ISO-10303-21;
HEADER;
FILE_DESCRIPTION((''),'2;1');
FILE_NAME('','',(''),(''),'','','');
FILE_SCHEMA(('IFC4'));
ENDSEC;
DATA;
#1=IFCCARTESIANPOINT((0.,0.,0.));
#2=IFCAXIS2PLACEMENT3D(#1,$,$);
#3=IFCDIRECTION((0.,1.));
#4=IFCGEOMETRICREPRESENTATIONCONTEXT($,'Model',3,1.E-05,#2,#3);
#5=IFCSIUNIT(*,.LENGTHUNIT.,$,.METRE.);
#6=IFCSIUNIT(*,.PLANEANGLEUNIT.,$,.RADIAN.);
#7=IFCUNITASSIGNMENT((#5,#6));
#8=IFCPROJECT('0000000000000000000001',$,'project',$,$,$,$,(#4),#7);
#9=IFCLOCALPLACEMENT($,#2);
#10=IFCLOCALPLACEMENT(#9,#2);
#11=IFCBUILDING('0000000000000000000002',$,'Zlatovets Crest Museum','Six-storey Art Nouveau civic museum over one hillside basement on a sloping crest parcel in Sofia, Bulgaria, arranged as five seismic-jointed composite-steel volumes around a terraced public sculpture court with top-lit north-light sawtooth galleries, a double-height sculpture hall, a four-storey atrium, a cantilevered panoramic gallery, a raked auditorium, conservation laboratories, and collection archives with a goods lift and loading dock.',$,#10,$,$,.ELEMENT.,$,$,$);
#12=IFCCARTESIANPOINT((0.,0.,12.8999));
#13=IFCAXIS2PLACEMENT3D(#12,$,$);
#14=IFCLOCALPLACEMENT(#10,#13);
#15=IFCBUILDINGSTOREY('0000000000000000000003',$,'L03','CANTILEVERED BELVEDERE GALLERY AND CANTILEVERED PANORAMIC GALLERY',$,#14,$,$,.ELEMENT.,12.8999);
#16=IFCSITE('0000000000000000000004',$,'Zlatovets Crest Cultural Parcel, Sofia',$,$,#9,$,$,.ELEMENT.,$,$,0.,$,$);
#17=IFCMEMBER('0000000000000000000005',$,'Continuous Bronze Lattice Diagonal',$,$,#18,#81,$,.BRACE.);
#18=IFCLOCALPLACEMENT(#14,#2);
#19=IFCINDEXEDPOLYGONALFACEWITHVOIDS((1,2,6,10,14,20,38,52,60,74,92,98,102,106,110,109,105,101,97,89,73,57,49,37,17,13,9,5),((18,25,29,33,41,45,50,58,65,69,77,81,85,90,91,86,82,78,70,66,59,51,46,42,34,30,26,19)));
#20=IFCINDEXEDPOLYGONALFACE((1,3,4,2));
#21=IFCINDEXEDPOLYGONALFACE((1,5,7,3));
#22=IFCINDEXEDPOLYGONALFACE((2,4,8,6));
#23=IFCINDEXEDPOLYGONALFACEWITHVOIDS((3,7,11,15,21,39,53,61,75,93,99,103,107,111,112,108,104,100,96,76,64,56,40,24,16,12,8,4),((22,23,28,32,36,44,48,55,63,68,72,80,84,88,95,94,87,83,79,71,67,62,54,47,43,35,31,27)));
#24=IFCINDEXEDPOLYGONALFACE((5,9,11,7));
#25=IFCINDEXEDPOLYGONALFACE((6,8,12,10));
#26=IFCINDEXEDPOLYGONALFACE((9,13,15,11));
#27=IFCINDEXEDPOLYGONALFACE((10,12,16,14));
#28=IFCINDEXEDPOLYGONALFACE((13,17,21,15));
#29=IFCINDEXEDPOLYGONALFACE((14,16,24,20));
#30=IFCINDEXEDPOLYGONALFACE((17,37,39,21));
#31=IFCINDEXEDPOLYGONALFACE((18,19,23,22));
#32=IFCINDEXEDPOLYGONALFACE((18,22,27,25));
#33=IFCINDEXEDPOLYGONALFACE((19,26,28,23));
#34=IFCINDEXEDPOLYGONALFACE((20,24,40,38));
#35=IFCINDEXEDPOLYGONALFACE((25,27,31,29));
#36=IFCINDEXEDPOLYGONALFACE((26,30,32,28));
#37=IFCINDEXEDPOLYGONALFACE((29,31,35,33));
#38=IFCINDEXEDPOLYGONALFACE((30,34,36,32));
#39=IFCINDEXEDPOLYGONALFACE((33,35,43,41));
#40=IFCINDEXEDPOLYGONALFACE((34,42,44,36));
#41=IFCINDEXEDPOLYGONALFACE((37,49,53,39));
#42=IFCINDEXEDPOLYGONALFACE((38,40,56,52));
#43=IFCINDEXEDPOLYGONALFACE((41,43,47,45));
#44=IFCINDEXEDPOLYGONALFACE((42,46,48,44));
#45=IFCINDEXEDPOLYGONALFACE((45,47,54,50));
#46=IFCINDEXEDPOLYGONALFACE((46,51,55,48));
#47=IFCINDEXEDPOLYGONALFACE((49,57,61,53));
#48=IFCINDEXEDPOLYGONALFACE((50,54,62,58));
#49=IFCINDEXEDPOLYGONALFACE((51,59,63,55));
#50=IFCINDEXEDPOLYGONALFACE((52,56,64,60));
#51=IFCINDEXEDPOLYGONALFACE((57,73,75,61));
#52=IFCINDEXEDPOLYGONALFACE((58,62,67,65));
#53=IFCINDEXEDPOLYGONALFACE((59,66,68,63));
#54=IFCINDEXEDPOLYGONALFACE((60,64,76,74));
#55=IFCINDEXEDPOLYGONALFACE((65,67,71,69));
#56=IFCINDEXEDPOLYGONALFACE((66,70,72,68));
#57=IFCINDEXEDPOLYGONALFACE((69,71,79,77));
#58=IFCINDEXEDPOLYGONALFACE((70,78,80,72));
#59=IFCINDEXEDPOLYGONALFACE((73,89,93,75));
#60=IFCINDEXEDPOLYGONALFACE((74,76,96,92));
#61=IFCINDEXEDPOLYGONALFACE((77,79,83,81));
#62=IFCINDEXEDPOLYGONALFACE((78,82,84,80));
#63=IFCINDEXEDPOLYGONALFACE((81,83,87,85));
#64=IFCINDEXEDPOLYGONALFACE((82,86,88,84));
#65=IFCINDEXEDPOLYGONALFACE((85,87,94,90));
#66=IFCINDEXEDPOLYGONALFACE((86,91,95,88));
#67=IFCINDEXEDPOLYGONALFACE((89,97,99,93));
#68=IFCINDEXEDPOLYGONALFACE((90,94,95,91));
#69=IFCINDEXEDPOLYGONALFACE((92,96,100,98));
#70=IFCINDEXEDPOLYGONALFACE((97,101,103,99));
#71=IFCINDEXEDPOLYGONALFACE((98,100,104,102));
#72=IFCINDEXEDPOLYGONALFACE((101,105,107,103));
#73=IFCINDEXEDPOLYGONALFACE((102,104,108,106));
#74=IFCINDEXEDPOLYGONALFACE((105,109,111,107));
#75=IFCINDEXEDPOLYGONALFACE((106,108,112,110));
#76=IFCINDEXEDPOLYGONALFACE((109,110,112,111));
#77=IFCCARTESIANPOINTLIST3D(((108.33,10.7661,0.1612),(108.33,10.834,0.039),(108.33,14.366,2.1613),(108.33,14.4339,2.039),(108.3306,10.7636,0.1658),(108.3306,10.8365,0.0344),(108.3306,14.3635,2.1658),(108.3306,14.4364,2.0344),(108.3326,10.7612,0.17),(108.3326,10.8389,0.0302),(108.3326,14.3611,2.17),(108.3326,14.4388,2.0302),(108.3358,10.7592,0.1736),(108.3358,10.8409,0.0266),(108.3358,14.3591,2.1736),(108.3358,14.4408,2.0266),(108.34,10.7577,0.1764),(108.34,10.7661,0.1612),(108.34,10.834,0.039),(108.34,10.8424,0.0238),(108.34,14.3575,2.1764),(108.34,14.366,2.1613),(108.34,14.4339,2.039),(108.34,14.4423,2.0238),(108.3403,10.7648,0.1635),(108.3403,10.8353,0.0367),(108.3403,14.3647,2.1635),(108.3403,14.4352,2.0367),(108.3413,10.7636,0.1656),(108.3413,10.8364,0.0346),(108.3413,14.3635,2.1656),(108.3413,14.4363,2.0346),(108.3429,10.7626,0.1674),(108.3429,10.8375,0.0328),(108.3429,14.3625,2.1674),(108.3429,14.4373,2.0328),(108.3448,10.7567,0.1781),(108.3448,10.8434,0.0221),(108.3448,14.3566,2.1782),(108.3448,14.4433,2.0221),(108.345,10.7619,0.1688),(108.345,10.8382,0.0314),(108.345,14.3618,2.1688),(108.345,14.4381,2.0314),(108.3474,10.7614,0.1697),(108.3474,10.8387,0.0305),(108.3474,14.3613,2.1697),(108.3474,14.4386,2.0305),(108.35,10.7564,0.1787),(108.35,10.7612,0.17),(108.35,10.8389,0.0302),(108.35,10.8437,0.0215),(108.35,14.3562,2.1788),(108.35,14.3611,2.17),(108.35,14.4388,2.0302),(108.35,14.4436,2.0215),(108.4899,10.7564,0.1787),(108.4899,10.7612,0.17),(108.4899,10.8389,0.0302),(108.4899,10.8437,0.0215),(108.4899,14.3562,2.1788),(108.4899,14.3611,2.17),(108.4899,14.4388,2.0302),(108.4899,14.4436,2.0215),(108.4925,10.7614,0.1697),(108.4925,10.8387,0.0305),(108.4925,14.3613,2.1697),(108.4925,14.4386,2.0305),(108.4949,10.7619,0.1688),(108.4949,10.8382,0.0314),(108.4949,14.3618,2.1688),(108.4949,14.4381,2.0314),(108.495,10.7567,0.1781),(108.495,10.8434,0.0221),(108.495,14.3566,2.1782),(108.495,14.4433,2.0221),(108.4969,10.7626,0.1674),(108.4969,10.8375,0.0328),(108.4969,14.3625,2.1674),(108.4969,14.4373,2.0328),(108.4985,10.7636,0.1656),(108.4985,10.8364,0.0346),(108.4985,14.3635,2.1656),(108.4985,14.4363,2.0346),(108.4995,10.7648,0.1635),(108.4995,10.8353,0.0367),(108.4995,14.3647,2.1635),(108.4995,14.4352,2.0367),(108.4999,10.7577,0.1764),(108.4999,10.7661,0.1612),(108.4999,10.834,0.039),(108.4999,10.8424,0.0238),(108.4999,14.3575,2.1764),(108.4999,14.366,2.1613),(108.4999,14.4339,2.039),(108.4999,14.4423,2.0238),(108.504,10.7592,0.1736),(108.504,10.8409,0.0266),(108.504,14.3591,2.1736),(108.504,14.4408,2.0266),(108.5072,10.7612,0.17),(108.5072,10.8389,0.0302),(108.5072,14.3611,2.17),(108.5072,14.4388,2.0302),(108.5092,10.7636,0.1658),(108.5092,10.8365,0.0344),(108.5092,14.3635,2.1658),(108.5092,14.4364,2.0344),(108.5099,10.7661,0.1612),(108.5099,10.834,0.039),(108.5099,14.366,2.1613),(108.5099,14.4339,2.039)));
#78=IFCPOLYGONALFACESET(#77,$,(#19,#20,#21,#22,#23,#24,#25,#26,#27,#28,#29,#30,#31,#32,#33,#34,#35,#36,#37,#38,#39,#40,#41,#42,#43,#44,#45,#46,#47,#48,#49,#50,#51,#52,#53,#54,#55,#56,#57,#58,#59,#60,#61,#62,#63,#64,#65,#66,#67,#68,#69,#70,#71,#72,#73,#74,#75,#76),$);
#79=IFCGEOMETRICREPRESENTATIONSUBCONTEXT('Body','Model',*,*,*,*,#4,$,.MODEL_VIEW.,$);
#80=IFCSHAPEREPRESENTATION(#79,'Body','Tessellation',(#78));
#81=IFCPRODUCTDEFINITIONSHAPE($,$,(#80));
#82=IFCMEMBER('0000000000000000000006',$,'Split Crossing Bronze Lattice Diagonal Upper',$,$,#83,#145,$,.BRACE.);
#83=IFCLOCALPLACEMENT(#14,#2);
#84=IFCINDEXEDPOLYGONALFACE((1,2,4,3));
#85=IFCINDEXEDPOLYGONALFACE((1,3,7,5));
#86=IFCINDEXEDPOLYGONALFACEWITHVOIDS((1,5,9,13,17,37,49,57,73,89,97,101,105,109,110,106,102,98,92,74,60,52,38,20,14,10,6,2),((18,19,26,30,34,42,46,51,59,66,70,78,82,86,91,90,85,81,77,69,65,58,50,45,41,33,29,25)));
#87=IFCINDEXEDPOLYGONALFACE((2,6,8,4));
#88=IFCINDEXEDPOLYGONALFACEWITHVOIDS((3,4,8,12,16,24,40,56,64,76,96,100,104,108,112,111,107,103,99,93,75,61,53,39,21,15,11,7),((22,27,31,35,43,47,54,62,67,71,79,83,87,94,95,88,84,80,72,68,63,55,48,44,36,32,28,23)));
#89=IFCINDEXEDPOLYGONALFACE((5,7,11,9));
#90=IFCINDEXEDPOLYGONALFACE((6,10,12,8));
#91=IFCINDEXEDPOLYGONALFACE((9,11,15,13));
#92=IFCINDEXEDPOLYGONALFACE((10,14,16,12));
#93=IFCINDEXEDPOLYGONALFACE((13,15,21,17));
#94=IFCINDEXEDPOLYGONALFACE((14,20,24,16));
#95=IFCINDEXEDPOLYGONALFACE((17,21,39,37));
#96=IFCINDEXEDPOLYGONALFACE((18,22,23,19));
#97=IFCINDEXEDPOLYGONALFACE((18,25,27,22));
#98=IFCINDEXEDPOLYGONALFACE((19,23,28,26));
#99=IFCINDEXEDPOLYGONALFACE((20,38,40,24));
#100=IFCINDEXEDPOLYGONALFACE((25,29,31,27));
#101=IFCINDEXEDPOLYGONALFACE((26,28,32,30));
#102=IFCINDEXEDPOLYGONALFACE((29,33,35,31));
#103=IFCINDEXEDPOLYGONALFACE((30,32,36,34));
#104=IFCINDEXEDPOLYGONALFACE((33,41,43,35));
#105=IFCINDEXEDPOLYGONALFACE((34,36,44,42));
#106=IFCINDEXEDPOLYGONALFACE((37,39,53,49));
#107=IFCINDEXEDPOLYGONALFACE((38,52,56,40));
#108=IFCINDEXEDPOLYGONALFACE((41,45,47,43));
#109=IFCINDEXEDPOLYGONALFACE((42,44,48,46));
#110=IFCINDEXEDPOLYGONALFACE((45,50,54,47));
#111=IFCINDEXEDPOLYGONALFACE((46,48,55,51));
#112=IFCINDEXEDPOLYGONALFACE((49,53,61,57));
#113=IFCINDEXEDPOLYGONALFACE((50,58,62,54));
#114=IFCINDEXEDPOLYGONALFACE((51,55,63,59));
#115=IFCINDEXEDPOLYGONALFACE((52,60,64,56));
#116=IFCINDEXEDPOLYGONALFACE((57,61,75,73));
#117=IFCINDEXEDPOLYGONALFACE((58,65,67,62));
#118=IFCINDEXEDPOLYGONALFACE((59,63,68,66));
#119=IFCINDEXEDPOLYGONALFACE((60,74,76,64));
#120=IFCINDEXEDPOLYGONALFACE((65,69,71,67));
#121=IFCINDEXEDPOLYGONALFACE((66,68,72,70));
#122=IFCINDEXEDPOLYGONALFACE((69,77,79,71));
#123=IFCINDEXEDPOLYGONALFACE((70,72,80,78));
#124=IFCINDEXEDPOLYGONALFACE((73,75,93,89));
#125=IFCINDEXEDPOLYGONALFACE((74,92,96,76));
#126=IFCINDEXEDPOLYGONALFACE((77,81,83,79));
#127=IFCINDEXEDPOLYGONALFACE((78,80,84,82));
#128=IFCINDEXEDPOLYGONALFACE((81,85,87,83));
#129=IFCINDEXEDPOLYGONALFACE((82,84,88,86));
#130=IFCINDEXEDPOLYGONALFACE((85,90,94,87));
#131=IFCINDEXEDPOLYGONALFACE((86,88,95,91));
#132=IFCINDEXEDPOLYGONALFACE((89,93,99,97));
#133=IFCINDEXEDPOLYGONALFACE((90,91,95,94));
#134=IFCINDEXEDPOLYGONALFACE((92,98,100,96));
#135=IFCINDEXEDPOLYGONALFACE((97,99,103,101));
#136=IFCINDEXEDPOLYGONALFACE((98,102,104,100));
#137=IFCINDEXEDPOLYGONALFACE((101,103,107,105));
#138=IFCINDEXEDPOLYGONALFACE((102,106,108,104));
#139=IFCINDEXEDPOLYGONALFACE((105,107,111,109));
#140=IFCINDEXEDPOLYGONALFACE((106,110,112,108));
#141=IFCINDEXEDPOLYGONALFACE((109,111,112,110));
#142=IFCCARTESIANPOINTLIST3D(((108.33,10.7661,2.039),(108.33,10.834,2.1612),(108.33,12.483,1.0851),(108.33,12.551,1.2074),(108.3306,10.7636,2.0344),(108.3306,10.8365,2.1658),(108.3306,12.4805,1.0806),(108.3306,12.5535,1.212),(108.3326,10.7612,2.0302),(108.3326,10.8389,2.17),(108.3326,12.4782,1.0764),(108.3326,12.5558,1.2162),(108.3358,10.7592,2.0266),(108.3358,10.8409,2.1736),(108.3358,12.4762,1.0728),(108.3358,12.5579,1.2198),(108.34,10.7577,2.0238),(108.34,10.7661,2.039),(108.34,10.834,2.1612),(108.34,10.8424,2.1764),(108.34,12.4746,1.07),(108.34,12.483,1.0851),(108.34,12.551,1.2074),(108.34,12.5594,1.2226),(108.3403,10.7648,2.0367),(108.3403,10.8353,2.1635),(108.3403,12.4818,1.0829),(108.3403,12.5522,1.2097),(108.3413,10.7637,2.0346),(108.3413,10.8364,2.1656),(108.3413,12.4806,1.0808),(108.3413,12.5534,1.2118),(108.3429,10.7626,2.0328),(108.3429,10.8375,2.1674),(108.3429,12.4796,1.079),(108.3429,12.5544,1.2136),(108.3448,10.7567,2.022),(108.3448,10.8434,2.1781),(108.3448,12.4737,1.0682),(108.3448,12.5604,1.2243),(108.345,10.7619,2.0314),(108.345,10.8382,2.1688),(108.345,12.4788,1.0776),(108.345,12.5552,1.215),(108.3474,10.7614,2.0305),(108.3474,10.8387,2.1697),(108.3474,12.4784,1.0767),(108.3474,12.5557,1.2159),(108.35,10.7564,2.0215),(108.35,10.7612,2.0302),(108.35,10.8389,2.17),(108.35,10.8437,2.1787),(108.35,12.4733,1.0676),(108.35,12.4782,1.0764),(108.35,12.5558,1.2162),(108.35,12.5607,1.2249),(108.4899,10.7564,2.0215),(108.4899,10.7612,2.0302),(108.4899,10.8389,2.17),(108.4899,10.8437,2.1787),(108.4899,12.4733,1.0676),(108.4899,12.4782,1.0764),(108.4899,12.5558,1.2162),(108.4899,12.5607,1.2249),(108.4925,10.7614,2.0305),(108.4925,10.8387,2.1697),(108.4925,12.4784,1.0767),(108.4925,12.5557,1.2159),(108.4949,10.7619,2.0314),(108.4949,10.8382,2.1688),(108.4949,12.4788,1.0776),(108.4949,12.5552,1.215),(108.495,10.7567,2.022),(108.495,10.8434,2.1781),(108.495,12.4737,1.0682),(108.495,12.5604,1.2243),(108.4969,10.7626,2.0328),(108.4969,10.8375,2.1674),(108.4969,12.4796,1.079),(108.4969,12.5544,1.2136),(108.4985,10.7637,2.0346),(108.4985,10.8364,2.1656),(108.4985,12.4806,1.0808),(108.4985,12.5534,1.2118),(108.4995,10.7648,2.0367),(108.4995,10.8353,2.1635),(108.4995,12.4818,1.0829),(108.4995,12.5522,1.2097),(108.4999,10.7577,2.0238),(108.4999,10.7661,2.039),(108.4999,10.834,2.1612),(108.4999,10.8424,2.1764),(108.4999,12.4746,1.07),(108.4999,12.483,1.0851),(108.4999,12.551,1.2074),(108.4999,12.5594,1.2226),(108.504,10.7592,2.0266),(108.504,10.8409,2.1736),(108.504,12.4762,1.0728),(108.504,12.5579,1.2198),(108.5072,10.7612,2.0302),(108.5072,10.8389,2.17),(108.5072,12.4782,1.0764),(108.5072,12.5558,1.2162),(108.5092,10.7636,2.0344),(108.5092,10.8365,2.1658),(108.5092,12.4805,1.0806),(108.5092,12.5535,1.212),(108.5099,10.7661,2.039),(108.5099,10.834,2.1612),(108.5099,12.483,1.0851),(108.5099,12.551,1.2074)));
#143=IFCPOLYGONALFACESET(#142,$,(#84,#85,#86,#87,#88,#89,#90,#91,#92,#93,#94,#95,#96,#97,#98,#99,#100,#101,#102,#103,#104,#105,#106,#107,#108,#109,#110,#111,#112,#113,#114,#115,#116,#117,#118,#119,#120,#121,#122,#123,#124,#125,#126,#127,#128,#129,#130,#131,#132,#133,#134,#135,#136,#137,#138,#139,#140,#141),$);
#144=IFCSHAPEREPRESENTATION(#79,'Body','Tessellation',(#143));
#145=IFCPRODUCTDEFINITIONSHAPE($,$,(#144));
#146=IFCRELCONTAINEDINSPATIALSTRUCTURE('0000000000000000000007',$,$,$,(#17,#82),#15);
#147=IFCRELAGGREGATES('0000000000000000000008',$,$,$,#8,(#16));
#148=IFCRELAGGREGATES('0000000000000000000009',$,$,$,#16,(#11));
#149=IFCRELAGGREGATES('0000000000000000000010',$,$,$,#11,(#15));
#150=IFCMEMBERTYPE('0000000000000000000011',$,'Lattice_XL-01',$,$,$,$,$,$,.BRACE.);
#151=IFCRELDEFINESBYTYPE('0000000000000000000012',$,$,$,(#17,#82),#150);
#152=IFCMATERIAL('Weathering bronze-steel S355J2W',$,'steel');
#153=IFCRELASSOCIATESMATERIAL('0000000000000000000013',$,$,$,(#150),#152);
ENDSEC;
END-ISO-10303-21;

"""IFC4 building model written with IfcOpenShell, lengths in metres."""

from ifc_helpers import new_model, si_unit, direction, frame, origin, origin_2d, place, context, subcontext, project, spatial, hollow_rectangle, extrude, material, material_profile, profile_set, type_object, element, save


model = new_model("IFC4")

# Units and contexts
model_context = context("Model", 3, precision=1e-05, world=origin(), true_north=direction((0.0, 1.0)))
body_context = subcontext(model_context, "Body", "Model", "MODEL_VIEW")
ifc_project = project(units=[si_unit("LENGTHUNIT", "METRE"), si_unit("PLANEANGLEUNIT", "RADIAN")], contexts=[model_context])

# Site, building, storey
site_placement = place(None, origin())
site = spatial("IfcSite", under=ifc_project, at=site_placement, Name="Zlatovets Crest Cultural Parcel, Sofia", CompositionType="ELEMENT", RefElevation=0.0)
building_placement = place(site_placement, origin())
building = spatial("IfcBuilding", under=site, at=building_placement, Name="Zlatovets Crest Museum", Description="Six-storey Art Nouveau civic museum over one hillside basement on a sloping crest parcel in Sofia, Bulgaria, arranged as five seismic-jointed composite-steel volumes around a terraced public sculpture court with top-lit north-light sawtooth galleries, a double-height sculpture hall, a four-storey atrium, a cantilevered panoramic gallery, a raked auditorium, conservation laboratories, and collection archives with a goods lift and loading dock.", CompositionType="ELEMENT")
storey_placement = place(building_placement, frame((0.0, 0.0, 12.8999)))
storey = spatial("IfcBuildingStorey", under=building, at=storey_placement, Name="L03", Description="CANTILEVERED BELVEDERE GALLERY AND CANTILEVERED PANORAMIC GALLERY", CompositionType="ELEMENT", Elevation=12.8999)

# Members
ifc_material_1 = material(Name="Weathering bronze-steel S355J2W", Category="steel")
ifc_material_profile_1 = material_profile(ifc_material_1, hollow_rectangle(XDim=0.1799, YDim=0.1799, WallThickness=0.01, InnerFilletRadius=0.01, OuterFilletRadius=0.02, at=origin_2d()), Name="SHS 180x180x10.0")
ifc_profile_set_1 = profile_set([ifc_material_profile_1], Name="Weathering bronze-steel S355J2W")
member_type_1 = type_object("IfcMemberType", Name="Lattice_XL-01", PredefinedType="BRACE", material=ifc_profile_set_1)
member_1_placement = place(storey_placement, frame((108.4199, 10.8, 0.1001), z_axis=(0.0, 0.874149, 0.485658), x_axis=(-1.0, 0.0, 0.0)))
element("IfcMember", 1, at=member_1_placement, inside=storey, type_object=member_type_1, Name="Continuous Bronze Lattice Diagonal", PredefinedType="BRACE", context=body_context, shape_type="SweptSolid", body=[
    extrude(hollow_rectangle(XDim=0.1799, YDim=0.1799, WallThickness=0.01, InnerFilletRadius=0.01, OuterFilletRadius=0.02, at=origin_2d()), origin(), (0.0, 0.0, 1.0), 4.1182),
])
member_2_placement = place(storey_placement, frame((108.4199, 10.8, 2.1001), z_axis=(0.0, 0.874169, -0.485622), x_axis=(-1.0, 0.0, 0.0)))
element("IfcMember", 2, at=member_2_placement, inside=storey, type_object=member_type_1, Name="Split Crossing Bronze Lattice Diagonal Upper", PredefinedType="BRACE", context=body_context, shape_type="SweptSolid", body=[
    extrude(hollow_rectangle(XDim=0.1799, YDim=0.1799, WallThickness=0.01, InnerFilletRadius=0.01, OuterFilletRadius=0.02, at=origin_2d()), origin(), (0.0, 0.0, 1.0), 1.9641),
])

save(model, "model.ifc")
